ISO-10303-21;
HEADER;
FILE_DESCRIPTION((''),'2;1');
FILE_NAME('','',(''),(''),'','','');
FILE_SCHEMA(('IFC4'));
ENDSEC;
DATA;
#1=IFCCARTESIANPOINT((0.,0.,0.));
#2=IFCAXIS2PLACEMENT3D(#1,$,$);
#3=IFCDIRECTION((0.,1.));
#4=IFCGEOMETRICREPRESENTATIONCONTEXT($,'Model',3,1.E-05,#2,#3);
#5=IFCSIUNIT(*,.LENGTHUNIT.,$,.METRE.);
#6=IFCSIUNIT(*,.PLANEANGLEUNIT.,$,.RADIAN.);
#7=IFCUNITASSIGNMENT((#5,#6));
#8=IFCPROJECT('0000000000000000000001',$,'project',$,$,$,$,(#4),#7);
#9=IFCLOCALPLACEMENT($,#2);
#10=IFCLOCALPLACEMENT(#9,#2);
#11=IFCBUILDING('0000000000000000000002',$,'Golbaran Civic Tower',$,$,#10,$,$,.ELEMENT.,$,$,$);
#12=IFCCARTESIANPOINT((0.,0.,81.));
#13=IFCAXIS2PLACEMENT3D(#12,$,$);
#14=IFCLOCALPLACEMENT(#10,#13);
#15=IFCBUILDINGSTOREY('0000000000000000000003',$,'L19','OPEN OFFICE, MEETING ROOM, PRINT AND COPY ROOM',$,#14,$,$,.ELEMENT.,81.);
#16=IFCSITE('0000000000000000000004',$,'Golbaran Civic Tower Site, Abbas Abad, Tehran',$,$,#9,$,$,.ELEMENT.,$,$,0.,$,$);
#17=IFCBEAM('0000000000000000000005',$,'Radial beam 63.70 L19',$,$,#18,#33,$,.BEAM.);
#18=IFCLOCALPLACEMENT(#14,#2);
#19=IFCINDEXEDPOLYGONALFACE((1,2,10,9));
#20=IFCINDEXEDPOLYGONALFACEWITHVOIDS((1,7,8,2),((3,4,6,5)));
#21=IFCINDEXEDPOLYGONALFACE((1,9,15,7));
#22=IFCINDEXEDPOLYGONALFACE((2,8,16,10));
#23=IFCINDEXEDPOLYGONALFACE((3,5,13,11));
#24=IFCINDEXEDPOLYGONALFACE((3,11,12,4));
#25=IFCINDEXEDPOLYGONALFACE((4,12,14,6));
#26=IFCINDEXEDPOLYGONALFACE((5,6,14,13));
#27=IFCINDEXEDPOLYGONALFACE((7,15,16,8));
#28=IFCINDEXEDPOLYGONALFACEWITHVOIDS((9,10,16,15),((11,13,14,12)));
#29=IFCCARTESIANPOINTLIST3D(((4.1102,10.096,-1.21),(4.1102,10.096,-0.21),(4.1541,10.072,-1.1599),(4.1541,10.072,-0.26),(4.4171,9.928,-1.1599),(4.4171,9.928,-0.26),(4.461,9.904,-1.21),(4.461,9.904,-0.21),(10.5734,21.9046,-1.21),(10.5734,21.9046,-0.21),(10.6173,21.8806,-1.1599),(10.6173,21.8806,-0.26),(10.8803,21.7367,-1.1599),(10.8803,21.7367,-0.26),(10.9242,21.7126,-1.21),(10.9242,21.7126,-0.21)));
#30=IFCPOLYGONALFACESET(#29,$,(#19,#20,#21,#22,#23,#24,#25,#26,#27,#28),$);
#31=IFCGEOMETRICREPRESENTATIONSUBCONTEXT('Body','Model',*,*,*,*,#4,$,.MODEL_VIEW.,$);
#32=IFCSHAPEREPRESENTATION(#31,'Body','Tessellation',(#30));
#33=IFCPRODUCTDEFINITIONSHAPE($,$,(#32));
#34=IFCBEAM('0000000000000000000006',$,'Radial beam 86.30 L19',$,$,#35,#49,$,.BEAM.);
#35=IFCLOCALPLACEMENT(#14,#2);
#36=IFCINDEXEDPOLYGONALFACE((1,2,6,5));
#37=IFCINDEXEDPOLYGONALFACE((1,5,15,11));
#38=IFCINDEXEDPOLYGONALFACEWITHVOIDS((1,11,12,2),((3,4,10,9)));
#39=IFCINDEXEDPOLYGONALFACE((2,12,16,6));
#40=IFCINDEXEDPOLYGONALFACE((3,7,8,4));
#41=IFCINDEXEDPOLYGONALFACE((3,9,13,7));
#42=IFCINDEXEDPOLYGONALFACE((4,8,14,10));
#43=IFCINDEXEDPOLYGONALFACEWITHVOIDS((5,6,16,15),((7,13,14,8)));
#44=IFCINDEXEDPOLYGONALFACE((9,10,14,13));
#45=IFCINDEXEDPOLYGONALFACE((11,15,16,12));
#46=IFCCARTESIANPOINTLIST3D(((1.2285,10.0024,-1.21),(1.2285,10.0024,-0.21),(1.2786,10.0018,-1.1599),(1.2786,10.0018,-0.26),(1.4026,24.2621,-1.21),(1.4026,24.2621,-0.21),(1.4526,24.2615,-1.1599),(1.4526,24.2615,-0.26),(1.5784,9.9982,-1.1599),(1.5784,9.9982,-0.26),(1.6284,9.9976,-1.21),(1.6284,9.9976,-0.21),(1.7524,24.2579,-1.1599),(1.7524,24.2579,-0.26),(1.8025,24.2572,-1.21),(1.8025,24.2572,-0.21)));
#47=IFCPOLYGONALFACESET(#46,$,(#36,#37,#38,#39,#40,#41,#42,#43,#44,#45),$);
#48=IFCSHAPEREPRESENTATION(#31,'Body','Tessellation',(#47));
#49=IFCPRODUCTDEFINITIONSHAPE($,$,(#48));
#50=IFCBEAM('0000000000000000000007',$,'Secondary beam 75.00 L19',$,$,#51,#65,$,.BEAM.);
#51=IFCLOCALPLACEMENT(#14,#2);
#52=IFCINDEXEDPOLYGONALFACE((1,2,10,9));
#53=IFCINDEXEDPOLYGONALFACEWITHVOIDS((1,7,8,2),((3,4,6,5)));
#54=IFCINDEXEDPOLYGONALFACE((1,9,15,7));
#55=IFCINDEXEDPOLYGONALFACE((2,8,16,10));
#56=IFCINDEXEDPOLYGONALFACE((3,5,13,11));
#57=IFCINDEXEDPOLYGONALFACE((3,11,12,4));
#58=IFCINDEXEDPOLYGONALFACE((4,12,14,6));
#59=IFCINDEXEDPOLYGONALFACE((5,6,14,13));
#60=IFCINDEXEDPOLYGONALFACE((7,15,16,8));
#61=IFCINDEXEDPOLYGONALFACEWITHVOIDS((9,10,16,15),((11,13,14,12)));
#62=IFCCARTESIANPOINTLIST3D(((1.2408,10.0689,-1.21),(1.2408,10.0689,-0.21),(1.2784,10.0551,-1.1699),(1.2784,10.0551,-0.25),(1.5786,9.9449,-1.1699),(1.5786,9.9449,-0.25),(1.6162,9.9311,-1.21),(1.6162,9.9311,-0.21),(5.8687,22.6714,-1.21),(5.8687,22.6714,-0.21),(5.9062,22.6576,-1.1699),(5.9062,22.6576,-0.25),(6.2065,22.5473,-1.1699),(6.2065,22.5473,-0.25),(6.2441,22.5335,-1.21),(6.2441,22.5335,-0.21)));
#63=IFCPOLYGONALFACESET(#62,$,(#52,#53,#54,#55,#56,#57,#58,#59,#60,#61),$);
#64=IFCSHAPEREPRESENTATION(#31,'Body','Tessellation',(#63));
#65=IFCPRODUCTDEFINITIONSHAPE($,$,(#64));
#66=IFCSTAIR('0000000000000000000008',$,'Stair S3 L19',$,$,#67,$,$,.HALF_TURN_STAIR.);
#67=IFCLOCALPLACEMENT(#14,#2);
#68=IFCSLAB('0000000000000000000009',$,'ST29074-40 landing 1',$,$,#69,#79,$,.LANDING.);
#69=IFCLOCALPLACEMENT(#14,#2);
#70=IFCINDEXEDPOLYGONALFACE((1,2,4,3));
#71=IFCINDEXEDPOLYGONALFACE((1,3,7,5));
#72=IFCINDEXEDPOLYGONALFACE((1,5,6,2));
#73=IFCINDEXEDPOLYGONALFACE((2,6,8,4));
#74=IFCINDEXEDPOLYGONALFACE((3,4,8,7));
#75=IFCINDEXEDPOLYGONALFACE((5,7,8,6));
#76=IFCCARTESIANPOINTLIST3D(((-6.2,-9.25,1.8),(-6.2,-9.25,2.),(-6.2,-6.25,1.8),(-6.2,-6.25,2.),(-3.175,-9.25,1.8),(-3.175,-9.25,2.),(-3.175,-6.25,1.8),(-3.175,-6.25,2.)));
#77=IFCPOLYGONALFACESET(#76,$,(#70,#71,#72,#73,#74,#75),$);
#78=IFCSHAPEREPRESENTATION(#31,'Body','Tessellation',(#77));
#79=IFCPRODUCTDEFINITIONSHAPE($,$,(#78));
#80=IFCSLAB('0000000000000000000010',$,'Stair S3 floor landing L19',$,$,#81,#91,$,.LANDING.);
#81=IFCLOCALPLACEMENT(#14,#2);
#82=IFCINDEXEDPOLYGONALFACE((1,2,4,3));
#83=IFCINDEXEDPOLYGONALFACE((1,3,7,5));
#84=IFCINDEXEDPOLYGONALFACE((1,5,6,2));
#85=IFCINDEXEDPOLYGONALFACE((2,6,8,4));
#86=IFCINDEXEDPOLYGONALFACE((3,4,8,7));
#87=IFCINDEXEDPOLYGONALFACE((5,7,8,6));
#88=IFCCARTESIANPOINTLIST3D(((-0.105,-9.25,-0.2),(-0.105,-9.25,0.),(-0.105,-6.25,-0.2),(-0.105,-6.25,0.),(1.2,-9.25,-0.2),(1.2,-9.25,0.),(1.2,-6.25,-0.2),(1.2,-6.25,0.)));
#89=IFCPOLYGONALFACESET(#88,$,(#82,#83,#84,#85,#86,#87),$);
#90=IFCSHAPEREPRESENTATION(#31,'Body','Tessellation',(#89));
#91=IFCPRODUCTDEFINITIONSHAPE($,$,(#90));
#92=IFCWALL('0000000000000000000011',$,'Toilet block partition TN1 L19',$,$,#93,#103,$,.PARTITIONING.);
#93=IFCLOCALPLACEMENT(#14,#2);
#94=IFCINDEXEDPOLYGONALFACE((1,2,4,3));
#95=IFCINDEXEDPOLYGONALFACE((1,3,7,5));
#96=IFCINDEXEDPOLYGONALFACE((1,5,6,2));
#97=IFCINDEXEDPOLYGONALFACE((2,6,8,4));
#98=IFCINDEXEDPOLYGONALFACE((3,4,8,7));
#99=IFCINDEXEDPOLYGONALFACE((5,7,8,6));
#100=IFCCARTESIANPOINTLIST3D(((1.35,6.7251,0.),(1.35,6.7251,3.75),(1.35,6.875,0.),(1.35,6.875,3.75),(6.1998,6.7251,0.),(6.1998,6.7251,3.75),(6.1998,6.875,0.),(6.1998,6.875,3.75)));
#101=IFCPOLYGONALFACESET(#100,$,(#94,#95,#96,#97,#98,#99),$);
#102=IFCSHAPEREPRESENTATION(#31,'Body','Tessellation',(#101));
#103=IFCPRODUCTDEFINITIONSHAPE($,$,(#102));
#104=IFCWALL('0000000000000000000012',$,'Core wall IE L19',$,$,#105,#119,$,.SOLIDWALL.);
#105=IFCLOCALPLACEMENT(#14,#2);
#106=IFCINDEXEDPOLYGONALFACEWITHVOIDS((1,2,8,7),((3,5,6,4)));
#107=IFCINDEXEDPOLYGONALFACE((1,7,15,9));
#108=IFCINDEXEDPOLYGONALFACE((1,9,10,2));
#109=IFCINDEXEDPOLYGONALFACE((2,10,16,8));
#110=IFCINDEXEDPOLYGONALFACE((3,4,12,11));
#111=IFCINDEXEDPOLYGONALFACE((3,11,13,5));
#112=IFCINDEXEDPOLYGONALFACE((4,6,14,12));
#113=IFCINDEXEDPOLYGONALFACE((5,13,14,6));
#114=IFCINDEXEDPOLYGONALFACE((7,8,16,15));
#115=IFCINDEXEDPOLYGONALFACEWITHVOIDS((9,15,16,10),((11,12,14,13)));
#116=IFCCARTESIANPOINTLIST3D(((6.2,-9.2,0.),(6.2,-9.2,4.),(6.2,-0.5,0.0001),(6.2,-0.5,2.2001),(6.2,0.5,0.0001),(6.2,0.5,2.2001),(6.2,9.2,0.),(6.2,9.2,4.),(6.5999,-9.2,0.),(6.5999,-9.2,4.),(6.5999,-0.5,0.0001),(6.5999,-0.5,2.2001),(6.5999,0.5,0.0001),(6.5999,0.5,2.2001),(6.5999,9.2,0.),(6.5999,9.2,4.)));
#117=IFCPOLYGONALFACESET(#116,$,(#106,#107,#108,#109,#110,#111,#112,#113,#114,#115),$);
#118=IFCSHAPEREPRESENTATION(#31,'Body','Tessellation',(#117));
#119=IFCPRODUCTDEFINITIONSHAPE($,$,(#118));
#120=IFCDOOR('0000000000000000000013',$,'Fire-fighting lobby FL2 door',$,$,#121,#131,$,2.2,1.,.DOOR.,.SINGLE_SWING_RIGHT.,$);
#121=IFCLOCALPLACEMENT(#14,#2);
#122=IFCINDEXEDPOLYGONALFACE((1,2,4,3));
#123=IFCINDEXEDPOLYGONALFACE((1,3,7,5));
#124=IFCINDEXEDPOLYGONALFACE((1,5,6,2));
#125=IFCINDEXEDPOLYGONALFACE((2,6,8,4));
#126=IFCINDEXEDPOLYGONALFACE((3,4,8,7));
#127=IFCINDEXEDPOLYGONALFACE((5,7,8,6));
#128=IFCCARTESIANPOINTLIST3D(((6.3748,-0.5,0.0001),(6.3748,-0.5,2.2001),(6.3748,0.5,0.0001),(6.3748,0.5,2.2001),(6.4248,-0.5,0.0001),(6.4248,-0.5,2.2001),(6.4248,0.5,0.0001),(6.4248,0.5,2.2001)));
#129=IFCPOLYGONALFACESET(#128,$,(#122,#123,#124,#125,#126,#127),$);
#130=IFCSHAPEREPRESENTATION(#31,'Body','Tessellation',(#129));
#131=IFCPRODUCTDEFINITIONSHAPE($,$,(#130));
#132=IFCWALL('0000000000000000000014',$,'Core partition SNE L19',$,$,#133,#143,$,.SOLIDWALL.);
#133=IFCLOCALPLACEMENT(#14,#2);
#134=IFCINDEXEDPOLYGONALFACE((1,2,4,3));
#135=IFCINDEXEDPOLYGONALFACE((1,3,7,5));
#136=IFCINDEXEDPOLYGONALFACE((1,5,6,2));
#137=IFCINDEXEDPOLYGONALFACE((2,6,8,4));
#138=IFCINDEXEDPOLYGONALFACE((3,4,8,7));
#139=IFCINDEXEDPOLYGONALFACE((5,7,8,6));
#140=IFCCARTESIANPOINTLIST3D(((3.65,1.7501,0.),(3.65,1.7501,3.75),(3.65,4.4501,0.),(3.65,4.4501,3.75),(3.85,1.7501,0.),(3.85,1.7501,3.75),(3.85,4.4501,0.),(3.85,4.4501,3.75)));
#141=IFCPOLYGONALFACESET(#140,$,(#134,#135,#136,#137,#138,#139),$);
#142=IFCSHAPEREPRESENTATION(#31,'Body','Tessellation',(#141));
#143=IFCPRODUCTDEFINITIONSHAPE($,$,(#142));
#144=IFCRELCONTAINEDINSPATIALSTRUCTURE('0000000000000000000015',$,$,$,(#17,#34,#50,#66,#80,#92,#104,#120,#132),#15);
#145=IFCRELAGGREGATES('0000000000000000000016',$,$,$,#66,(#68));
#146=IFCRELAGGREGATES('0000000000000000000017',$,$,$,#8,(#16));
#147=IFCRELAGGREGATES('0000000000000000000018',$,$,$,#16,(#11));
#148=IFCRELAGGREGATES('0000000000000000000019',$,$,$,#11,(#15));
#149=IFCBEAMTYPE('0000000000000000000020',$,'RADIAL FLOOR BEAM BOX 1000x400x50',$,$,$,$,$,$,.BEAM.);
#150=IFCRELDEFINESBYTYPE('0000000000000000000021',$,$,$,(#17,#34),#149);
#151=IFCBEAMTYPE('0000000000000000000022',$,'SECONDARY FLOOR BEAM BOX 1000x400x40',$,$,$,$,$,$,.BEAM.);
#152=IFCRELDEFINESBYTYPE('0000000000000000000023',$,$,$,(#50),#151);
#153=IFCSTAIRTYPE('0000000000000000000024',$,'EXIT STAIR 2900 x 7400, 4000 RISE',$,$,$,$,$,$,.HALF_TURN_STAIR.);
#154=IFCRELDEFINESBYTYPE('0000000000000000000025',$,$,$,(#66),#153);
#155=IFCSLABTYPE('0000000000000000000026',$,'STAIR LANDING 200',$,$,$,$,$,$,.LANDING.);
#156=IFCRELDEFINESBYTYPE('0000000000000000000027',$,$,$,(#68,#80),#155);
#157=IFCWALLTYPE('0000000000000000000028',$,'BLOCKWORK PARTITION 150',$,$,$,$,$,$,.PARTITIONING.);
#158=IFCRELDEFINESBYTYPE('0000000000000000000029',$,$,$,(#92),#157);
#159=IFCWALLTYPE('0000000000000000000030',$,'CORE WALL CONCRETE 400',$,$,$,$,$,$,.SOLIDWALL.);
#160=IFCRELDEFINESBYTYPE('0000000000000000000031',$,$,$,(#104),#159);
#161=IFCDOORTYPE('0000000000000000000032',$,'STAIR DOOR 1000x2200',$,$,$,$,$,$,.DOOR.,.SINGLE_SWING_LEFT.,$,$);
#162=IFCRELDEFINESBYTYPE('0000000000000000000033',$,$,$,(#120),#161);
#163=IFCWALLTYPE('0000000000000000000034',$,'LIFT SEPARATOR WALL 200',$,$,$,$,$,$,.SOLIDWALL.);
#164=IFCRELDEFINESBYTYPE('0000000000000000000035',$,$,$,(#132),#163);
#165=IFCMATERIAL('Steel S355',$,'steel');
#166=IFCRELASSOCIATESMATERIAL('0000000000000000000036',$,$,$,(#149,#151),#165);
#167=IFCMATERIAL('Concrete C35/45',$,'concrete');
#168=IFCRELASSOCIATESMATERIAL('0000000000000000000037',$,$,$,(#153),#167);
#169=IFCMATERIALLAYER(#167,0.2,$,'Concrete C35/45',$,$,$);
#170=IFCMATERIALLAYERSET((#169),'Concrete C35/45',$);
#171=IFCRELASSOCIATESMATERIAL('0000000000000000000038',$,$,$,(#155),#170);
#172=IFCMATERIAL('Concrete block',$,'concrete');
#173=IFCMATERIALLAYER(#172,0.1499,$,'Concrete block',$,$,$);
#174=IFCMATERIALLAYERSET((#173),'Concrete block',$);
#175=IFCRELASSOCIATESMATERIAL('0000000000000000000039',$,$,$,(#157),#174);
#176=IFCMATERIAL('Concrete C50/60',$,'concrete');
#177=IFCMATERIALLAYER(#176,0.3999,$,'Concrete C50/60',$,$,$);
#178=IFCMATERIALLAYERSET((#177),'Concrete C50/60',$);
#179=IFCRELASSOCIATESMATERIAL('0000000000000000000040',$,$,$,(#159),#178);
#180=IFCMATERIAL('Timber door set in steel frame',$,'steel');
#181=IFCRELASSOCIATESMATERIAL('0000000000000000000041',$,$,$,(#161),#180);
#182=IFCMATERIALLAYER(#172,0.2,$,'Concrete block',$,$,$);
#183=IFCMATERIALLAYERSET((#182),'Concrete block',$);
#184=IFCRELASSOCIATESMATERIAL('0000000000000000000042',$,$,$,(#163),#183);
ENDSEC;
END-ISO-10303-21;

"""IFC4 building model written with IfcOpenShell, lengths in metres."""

from ifc_helpers import new_model, si_unit, direction, frame, frame_2d, origin, origin_2d, place, context, subcontext, project, spatial, polyline, rectangle, hollow_rectangle, outline, extrude, material, layer, layer_set, material_profile, profile_set, type_object, element, fill, aggregate, save


model = new_model("IFC4")

# Units and contexts
model_context = context("Model", 3, precision=1e-05, world=origin(), true_north=direction((0.0, 1.0)))
body_context = subcontext(model_context, "Body", "Model", "MODEL_VIEW")
ifc_project = project(units=[si_unit("LENGTHUNIT", "METRE"), si_unit("PLANEANGLEUNIT", "RADIAN")], contexts=[model_context])

# Site, building, storey
site_placement = place(None, origin())
site = spatial("IfcSite", under=ifc_project, at=site_placement, Name="Golbaran Civic Tower Site, Abbas Abad, Tehran", CompositionType="ELEMENT", RefElevation=0.0)
building_placement = place(site_placement, origin())
building = spatial("IfcBuilding", under=site, at=building_placement, Name="Golbaran Civic Tower", CompositionType="ELEMENT")
storey_placement = place(building_placement, frame((0.0, 0.0, 81.0)))
storey = spatial("IfcBuildingStorey", under=building, at=storey_placement, Name="L19", Description="OPEN OFFICE, MEETING ROOM, PRINT AND COPY ROOM", CompositionType="ELEMENT", Elevation=81.0)

# Beams
ifc_material_1 = material(Name="Steel S355", Category="steel")
ifc_material_profile_1 = material_profile(ifc_material_1, hollow_rectangle(XDim=0.3999, YDim=1.0, WallThickness=0.05, at=origin_2d()), Name="BOX 1000x400x50")
ifc_profile_set_1 = profile_set([ifc_material_profile_1], Name="Steel S355")
beam_type_1 = type_object("IfcBeamType", Name="RADIAL FLOOR BEAM BOX 1000x400x50", PredefinedType="BEAM", material=ifc_profile_set_1)
beam_1_placement = place(storey_placement, frame((4.2856, 10.0, -0.71), z_axis=(0.480116, 0.877205, 0.0), x_axis=(-0.877205, 0.480116, 0.0)))
element("IfcBeam", 1, at=beam_1_placement, inside=storey, type_object=beam_type_1, Name="Radial beam 63.70 L19", PredefinedType="BEAM", context=body_context, shape_type="SweptSolid", body=[
    extrude(hollow_rectangle(XDim=0.3999, YDim=1.0, WallThickness=0.05, at=origin_2d()), origin(), (0.0, 0.0, 1.0), 13.4617),
])
beam_2_placement = place(storey_placement, frame((1.4285, 10.0, -0.71), z_axis=(0.012206, 0.999926, 0.0), x_axis=(-0.999926, 0.012206, 0.0)))
element("IfcBeam", 2, at=beam_2_placement, inside=storey, type_object=beam_type_1, Name="Radial beam 86.30 L19", PredefinedType="BEAM", context=body_context, shape_type="SweptSolid", body=[
    extrude(hollow_rectangle(XDim=0.3999, YDim=1.0, WallThickness=0.05, at=origin_2d()), origin(), (0.0, 0.0, 1.0), 14.2607),
])
ifc_material_profile_2 = material_profile(ifc_material_1, hollow_rectangle(XDim=0.3999, YDim=1.0, WallThickness=0.04, at=origin_2d()), Name="BOX 1000x400x40")
ifc_profile_set_2 = profile_set([ifc_material_profile_2], Name="Steel S355")
beam_type_2 = type_object("IfcBeamType", Name="SECONDARY FLOOR BEAM BOX 1000x400x40", PredefinedType="BEAM", material=ifc_profile_set_2)
beam_3_placement = place(storey_placement, frame((1.4285, 10.0, -0.71), z_axis=(0.344714, 0.938708, 0.0), x_axis=(-0.938708, 0.344714, 0.0)))
element("IfcBeam", 3, at=beam_3_placement, inside=storey, type_object=beam_type_2, Name="Secondary beam 75.00 L19", PredefinedType="BEAM", context=body_context, shape_type="SweptSolid", body=[
    extrude(hollow_rectangle(XDim=0.3999, YDim=1.0, WallThickness=0.04, at=origin_2d()), origin(), (0.0, 0.0, 1.0), 13.4253),
])

# Stair, slab
ifc_material_2 = material(Name="Concrete C35/45", Category="concrete")
stair_type = type_object("IfcStairType", Name="EXIT STAIR 2900 x 7400, 4000 RISE", PredefinedType="HALF_TURN_STAIR", material=ifc_material_2)
stair_placement = place(storey_placement, origin())
stair = element("IfcStair", 4, at=stair_placement, inside=storey, type_object=stair_type, Name="Stair S3 L19", PredefinedType="HALF_TURN_STAIR")
ifc_layer_1 = layer(ifc_material_2, 0.2, Name="Concrete C35/45")
ifc_layer_set_1 = layer_set([ifc_layer_1], Name="Concrete C35/45")
slab_type = type_object("IfcSlabType", Name="STAIR LANDING 200", PredefinedType="LANDING", material=ifc_layer_set_1)
slab_1_placement = place(storey_placement, frame((0.0, 0.0, 1.8)))
slab_1 = element("IfcSlab", 5, at=slab_1_placement, type_object=slab_type, Name="ST29074-40 landing 1", PredefinedType="LANDING", context=body_context, shape_type="SweptSolid", body=[
    extrude(outline(polyline([(-3.175, -9.25), (-6.2, -9.25), (-6.2, -6.25), (-3.175, -6.25), (-3.175, -9.25)])), origin(), (0.0, 0.0, 1.0), 0.2),
])
aggregate(stair, [slab_1])

# Slab
slab_2_placement = place(storey_placement, frame((0.0, 0.0, -0.2)))
element("IfcSlab", 6, at=slab_2_placement, inside=storey, type_object=slab_type, Name="Stair S3 floor landing L19", PredefinedType="LANDING", context=body_context, shape_type="SweptSolid", body=[
    extrude(outline(polyline([(1.2, -9.25), (-0.105, -9.25), (-0.105, -6.25), (1.2, -6.25), (1.2, -9.25)])), origin(), (0.0, 0.0, 1.0), 0.2),
])

# Wall
ifc_material_3 = material(Name="Concrete block", Category="concrete")
ifc_layer_2 = layer(ifc_material_3, 0.1499, Name="Concrete block")
ifc_layer_set_2 = layer_set([ifc_layer_2], Name="Concrete block")
wall_type_1 = type_object("IfcWallType", Name="BLOCKWORK PARTITION 150", PredefinedType="PARTITIONING", material=ifc_layer_set_2)
wall_1_placement = place(storey_placement, frame((1.3501, 6.8, 0.0), z_axis=(0.0, 0.0, 1.0), x_axis=(1.0, 0.0, 0.0)))
element("IfcWall", 7, at=wall_1_placement, inside=storey, type_object=wall_type_1, Name="Toilet block partition TN1 L19", PredefinedType="PARTITIONING", context=body_context, shape_type="SweptSolid", body=[
    extrude(rectangle(XDim=4.8499, YDim=0.1499, at=frame_2d((2.4248, 0.0))), origin(), (0.0, 0.0, 1.0), 3.75),
])

# Wall, opening, door
ifc_material_4 = material(Name="Concrete C50/60", Category="concrete")
ifc_layer_3 = layer(ifc_material_4, 0.3999, Name="Concrete C50/60")
ifc_layer_set_3 = layer_set([ifc_layer_3], Name="Concrete C50/60")
wall_type_2 = type_object("IfcWallType", Name="CORE WALL CONCRETE 400", PredefinedType="SOLIDWALL", material=ifc_layer_set_3)
wall_2_placement = place(storey_placement, frame((6.3999, 9.2, 0.0), z_axis=(0.0, 0.0, 1.0), x_axis=(0.0, -1.0, 0.0)))
wall_2 = element("IfcWall", 8, at=wall_2_placement, inside=storey, type_object=wall_type_2, Name="Core wall IE L19", PredefinedType="SOLIDWALL", context=body_context, shape_type="SweptSolid", body=[
    extrude(rectangle(XDim=18.3999, YDim=0.3999, at=frame_2d((9.2, 0.0))), origin(), (0.0, 0.0, 1.0), 4.0),
])
opening_1_placement = place(wall_2_placement, frame((8.7, 0.0, 0.0)))
opening_1 = element("IfcOpeningElement", 9, at=opening_1_placement, cuts=wall_2, PredefinedType="OPENING", context=body_context, shape_type="SweptSolid", body=[
    extrude(rectangle(XDim=1.0, YDim=2.2, at=frame_2d((0.5, 1.1001))), frame((0.0, 0.21, 0.0), z_axis=(0.0, -1.0, 0.0), x_axis=(1.0, 0.0, 0.0)), (0.0, 0.0, 1.0), 0.4199),
])
ifc_material_5 = material(Name="Timber door set in steel frame", Category="steel")
door_type_1 = type_object("IfcDoorType", Name="STAIR DOOR 1000x2200", OperationType="SINGLE_SWING_LEFT", PredefinedType="DOOR", material=ifc_material_5)
door_1_placement = place(opening_1_placement, origin())
door_1 = element("IfcDoor", 10, at=door_1_placement, inside=storey, type_object=door_type_1, Name="Fire-fighting lobby FL2 door", OperationType="SINGLE_SWING_RIGHT", OverallHeight=2.2, OverallWidth=1.0, PredefinedType="DOOR", context=body_context, shape_type="SweptSolid", body=[
    extrude(rectangle(XDim=1.0, YDim=2.2, at=frame_2d((0.5, 1.1001))), frame((0.0, 0.0249, 0.0), z_axis=(0.0, -1.0, 0.0), x_axis=(1.0, 0.0, 0.0)), (0.0, 0.0, 1.0), 0.05),
])
fill(opening_1, door_1)

# Wall
ifc_layer_4 = layer(ifc_material_3, 0.2, Name="Concrete block")
ifc_layer_set_4 = layer_set([ifc_layer_4], Name="Concrete block")
wall_type_3 = type_object("IfcWallType", Name="LIFT SEPARATOR WALL 200", PredefinedType="SOLIDWALL", material=ifc_layer_set_4)
wall_3_placement = place(storey_placement, frame((3.75, 1.75, 0.0), z_axis=(0.0, 0.0, 1.0), x_axis=(0.0, 1.0, 0.0)))
element("IfcWall", 11, at=wall_3_placement, inside=storey, type_object=wall_type_3, Name="Core partition SNE L19", PredefinedType="SOLIDWALL", context=body_context, shape_type="SweptSolid", body=[
    extrude(rectangle(XDim=2.7, YDim=0.2, at=frame_2d((1.3501, 0.0))), origin(), (0.0, 0.0, 1.0), 3.75),
])

save(model, "model.ifc")
